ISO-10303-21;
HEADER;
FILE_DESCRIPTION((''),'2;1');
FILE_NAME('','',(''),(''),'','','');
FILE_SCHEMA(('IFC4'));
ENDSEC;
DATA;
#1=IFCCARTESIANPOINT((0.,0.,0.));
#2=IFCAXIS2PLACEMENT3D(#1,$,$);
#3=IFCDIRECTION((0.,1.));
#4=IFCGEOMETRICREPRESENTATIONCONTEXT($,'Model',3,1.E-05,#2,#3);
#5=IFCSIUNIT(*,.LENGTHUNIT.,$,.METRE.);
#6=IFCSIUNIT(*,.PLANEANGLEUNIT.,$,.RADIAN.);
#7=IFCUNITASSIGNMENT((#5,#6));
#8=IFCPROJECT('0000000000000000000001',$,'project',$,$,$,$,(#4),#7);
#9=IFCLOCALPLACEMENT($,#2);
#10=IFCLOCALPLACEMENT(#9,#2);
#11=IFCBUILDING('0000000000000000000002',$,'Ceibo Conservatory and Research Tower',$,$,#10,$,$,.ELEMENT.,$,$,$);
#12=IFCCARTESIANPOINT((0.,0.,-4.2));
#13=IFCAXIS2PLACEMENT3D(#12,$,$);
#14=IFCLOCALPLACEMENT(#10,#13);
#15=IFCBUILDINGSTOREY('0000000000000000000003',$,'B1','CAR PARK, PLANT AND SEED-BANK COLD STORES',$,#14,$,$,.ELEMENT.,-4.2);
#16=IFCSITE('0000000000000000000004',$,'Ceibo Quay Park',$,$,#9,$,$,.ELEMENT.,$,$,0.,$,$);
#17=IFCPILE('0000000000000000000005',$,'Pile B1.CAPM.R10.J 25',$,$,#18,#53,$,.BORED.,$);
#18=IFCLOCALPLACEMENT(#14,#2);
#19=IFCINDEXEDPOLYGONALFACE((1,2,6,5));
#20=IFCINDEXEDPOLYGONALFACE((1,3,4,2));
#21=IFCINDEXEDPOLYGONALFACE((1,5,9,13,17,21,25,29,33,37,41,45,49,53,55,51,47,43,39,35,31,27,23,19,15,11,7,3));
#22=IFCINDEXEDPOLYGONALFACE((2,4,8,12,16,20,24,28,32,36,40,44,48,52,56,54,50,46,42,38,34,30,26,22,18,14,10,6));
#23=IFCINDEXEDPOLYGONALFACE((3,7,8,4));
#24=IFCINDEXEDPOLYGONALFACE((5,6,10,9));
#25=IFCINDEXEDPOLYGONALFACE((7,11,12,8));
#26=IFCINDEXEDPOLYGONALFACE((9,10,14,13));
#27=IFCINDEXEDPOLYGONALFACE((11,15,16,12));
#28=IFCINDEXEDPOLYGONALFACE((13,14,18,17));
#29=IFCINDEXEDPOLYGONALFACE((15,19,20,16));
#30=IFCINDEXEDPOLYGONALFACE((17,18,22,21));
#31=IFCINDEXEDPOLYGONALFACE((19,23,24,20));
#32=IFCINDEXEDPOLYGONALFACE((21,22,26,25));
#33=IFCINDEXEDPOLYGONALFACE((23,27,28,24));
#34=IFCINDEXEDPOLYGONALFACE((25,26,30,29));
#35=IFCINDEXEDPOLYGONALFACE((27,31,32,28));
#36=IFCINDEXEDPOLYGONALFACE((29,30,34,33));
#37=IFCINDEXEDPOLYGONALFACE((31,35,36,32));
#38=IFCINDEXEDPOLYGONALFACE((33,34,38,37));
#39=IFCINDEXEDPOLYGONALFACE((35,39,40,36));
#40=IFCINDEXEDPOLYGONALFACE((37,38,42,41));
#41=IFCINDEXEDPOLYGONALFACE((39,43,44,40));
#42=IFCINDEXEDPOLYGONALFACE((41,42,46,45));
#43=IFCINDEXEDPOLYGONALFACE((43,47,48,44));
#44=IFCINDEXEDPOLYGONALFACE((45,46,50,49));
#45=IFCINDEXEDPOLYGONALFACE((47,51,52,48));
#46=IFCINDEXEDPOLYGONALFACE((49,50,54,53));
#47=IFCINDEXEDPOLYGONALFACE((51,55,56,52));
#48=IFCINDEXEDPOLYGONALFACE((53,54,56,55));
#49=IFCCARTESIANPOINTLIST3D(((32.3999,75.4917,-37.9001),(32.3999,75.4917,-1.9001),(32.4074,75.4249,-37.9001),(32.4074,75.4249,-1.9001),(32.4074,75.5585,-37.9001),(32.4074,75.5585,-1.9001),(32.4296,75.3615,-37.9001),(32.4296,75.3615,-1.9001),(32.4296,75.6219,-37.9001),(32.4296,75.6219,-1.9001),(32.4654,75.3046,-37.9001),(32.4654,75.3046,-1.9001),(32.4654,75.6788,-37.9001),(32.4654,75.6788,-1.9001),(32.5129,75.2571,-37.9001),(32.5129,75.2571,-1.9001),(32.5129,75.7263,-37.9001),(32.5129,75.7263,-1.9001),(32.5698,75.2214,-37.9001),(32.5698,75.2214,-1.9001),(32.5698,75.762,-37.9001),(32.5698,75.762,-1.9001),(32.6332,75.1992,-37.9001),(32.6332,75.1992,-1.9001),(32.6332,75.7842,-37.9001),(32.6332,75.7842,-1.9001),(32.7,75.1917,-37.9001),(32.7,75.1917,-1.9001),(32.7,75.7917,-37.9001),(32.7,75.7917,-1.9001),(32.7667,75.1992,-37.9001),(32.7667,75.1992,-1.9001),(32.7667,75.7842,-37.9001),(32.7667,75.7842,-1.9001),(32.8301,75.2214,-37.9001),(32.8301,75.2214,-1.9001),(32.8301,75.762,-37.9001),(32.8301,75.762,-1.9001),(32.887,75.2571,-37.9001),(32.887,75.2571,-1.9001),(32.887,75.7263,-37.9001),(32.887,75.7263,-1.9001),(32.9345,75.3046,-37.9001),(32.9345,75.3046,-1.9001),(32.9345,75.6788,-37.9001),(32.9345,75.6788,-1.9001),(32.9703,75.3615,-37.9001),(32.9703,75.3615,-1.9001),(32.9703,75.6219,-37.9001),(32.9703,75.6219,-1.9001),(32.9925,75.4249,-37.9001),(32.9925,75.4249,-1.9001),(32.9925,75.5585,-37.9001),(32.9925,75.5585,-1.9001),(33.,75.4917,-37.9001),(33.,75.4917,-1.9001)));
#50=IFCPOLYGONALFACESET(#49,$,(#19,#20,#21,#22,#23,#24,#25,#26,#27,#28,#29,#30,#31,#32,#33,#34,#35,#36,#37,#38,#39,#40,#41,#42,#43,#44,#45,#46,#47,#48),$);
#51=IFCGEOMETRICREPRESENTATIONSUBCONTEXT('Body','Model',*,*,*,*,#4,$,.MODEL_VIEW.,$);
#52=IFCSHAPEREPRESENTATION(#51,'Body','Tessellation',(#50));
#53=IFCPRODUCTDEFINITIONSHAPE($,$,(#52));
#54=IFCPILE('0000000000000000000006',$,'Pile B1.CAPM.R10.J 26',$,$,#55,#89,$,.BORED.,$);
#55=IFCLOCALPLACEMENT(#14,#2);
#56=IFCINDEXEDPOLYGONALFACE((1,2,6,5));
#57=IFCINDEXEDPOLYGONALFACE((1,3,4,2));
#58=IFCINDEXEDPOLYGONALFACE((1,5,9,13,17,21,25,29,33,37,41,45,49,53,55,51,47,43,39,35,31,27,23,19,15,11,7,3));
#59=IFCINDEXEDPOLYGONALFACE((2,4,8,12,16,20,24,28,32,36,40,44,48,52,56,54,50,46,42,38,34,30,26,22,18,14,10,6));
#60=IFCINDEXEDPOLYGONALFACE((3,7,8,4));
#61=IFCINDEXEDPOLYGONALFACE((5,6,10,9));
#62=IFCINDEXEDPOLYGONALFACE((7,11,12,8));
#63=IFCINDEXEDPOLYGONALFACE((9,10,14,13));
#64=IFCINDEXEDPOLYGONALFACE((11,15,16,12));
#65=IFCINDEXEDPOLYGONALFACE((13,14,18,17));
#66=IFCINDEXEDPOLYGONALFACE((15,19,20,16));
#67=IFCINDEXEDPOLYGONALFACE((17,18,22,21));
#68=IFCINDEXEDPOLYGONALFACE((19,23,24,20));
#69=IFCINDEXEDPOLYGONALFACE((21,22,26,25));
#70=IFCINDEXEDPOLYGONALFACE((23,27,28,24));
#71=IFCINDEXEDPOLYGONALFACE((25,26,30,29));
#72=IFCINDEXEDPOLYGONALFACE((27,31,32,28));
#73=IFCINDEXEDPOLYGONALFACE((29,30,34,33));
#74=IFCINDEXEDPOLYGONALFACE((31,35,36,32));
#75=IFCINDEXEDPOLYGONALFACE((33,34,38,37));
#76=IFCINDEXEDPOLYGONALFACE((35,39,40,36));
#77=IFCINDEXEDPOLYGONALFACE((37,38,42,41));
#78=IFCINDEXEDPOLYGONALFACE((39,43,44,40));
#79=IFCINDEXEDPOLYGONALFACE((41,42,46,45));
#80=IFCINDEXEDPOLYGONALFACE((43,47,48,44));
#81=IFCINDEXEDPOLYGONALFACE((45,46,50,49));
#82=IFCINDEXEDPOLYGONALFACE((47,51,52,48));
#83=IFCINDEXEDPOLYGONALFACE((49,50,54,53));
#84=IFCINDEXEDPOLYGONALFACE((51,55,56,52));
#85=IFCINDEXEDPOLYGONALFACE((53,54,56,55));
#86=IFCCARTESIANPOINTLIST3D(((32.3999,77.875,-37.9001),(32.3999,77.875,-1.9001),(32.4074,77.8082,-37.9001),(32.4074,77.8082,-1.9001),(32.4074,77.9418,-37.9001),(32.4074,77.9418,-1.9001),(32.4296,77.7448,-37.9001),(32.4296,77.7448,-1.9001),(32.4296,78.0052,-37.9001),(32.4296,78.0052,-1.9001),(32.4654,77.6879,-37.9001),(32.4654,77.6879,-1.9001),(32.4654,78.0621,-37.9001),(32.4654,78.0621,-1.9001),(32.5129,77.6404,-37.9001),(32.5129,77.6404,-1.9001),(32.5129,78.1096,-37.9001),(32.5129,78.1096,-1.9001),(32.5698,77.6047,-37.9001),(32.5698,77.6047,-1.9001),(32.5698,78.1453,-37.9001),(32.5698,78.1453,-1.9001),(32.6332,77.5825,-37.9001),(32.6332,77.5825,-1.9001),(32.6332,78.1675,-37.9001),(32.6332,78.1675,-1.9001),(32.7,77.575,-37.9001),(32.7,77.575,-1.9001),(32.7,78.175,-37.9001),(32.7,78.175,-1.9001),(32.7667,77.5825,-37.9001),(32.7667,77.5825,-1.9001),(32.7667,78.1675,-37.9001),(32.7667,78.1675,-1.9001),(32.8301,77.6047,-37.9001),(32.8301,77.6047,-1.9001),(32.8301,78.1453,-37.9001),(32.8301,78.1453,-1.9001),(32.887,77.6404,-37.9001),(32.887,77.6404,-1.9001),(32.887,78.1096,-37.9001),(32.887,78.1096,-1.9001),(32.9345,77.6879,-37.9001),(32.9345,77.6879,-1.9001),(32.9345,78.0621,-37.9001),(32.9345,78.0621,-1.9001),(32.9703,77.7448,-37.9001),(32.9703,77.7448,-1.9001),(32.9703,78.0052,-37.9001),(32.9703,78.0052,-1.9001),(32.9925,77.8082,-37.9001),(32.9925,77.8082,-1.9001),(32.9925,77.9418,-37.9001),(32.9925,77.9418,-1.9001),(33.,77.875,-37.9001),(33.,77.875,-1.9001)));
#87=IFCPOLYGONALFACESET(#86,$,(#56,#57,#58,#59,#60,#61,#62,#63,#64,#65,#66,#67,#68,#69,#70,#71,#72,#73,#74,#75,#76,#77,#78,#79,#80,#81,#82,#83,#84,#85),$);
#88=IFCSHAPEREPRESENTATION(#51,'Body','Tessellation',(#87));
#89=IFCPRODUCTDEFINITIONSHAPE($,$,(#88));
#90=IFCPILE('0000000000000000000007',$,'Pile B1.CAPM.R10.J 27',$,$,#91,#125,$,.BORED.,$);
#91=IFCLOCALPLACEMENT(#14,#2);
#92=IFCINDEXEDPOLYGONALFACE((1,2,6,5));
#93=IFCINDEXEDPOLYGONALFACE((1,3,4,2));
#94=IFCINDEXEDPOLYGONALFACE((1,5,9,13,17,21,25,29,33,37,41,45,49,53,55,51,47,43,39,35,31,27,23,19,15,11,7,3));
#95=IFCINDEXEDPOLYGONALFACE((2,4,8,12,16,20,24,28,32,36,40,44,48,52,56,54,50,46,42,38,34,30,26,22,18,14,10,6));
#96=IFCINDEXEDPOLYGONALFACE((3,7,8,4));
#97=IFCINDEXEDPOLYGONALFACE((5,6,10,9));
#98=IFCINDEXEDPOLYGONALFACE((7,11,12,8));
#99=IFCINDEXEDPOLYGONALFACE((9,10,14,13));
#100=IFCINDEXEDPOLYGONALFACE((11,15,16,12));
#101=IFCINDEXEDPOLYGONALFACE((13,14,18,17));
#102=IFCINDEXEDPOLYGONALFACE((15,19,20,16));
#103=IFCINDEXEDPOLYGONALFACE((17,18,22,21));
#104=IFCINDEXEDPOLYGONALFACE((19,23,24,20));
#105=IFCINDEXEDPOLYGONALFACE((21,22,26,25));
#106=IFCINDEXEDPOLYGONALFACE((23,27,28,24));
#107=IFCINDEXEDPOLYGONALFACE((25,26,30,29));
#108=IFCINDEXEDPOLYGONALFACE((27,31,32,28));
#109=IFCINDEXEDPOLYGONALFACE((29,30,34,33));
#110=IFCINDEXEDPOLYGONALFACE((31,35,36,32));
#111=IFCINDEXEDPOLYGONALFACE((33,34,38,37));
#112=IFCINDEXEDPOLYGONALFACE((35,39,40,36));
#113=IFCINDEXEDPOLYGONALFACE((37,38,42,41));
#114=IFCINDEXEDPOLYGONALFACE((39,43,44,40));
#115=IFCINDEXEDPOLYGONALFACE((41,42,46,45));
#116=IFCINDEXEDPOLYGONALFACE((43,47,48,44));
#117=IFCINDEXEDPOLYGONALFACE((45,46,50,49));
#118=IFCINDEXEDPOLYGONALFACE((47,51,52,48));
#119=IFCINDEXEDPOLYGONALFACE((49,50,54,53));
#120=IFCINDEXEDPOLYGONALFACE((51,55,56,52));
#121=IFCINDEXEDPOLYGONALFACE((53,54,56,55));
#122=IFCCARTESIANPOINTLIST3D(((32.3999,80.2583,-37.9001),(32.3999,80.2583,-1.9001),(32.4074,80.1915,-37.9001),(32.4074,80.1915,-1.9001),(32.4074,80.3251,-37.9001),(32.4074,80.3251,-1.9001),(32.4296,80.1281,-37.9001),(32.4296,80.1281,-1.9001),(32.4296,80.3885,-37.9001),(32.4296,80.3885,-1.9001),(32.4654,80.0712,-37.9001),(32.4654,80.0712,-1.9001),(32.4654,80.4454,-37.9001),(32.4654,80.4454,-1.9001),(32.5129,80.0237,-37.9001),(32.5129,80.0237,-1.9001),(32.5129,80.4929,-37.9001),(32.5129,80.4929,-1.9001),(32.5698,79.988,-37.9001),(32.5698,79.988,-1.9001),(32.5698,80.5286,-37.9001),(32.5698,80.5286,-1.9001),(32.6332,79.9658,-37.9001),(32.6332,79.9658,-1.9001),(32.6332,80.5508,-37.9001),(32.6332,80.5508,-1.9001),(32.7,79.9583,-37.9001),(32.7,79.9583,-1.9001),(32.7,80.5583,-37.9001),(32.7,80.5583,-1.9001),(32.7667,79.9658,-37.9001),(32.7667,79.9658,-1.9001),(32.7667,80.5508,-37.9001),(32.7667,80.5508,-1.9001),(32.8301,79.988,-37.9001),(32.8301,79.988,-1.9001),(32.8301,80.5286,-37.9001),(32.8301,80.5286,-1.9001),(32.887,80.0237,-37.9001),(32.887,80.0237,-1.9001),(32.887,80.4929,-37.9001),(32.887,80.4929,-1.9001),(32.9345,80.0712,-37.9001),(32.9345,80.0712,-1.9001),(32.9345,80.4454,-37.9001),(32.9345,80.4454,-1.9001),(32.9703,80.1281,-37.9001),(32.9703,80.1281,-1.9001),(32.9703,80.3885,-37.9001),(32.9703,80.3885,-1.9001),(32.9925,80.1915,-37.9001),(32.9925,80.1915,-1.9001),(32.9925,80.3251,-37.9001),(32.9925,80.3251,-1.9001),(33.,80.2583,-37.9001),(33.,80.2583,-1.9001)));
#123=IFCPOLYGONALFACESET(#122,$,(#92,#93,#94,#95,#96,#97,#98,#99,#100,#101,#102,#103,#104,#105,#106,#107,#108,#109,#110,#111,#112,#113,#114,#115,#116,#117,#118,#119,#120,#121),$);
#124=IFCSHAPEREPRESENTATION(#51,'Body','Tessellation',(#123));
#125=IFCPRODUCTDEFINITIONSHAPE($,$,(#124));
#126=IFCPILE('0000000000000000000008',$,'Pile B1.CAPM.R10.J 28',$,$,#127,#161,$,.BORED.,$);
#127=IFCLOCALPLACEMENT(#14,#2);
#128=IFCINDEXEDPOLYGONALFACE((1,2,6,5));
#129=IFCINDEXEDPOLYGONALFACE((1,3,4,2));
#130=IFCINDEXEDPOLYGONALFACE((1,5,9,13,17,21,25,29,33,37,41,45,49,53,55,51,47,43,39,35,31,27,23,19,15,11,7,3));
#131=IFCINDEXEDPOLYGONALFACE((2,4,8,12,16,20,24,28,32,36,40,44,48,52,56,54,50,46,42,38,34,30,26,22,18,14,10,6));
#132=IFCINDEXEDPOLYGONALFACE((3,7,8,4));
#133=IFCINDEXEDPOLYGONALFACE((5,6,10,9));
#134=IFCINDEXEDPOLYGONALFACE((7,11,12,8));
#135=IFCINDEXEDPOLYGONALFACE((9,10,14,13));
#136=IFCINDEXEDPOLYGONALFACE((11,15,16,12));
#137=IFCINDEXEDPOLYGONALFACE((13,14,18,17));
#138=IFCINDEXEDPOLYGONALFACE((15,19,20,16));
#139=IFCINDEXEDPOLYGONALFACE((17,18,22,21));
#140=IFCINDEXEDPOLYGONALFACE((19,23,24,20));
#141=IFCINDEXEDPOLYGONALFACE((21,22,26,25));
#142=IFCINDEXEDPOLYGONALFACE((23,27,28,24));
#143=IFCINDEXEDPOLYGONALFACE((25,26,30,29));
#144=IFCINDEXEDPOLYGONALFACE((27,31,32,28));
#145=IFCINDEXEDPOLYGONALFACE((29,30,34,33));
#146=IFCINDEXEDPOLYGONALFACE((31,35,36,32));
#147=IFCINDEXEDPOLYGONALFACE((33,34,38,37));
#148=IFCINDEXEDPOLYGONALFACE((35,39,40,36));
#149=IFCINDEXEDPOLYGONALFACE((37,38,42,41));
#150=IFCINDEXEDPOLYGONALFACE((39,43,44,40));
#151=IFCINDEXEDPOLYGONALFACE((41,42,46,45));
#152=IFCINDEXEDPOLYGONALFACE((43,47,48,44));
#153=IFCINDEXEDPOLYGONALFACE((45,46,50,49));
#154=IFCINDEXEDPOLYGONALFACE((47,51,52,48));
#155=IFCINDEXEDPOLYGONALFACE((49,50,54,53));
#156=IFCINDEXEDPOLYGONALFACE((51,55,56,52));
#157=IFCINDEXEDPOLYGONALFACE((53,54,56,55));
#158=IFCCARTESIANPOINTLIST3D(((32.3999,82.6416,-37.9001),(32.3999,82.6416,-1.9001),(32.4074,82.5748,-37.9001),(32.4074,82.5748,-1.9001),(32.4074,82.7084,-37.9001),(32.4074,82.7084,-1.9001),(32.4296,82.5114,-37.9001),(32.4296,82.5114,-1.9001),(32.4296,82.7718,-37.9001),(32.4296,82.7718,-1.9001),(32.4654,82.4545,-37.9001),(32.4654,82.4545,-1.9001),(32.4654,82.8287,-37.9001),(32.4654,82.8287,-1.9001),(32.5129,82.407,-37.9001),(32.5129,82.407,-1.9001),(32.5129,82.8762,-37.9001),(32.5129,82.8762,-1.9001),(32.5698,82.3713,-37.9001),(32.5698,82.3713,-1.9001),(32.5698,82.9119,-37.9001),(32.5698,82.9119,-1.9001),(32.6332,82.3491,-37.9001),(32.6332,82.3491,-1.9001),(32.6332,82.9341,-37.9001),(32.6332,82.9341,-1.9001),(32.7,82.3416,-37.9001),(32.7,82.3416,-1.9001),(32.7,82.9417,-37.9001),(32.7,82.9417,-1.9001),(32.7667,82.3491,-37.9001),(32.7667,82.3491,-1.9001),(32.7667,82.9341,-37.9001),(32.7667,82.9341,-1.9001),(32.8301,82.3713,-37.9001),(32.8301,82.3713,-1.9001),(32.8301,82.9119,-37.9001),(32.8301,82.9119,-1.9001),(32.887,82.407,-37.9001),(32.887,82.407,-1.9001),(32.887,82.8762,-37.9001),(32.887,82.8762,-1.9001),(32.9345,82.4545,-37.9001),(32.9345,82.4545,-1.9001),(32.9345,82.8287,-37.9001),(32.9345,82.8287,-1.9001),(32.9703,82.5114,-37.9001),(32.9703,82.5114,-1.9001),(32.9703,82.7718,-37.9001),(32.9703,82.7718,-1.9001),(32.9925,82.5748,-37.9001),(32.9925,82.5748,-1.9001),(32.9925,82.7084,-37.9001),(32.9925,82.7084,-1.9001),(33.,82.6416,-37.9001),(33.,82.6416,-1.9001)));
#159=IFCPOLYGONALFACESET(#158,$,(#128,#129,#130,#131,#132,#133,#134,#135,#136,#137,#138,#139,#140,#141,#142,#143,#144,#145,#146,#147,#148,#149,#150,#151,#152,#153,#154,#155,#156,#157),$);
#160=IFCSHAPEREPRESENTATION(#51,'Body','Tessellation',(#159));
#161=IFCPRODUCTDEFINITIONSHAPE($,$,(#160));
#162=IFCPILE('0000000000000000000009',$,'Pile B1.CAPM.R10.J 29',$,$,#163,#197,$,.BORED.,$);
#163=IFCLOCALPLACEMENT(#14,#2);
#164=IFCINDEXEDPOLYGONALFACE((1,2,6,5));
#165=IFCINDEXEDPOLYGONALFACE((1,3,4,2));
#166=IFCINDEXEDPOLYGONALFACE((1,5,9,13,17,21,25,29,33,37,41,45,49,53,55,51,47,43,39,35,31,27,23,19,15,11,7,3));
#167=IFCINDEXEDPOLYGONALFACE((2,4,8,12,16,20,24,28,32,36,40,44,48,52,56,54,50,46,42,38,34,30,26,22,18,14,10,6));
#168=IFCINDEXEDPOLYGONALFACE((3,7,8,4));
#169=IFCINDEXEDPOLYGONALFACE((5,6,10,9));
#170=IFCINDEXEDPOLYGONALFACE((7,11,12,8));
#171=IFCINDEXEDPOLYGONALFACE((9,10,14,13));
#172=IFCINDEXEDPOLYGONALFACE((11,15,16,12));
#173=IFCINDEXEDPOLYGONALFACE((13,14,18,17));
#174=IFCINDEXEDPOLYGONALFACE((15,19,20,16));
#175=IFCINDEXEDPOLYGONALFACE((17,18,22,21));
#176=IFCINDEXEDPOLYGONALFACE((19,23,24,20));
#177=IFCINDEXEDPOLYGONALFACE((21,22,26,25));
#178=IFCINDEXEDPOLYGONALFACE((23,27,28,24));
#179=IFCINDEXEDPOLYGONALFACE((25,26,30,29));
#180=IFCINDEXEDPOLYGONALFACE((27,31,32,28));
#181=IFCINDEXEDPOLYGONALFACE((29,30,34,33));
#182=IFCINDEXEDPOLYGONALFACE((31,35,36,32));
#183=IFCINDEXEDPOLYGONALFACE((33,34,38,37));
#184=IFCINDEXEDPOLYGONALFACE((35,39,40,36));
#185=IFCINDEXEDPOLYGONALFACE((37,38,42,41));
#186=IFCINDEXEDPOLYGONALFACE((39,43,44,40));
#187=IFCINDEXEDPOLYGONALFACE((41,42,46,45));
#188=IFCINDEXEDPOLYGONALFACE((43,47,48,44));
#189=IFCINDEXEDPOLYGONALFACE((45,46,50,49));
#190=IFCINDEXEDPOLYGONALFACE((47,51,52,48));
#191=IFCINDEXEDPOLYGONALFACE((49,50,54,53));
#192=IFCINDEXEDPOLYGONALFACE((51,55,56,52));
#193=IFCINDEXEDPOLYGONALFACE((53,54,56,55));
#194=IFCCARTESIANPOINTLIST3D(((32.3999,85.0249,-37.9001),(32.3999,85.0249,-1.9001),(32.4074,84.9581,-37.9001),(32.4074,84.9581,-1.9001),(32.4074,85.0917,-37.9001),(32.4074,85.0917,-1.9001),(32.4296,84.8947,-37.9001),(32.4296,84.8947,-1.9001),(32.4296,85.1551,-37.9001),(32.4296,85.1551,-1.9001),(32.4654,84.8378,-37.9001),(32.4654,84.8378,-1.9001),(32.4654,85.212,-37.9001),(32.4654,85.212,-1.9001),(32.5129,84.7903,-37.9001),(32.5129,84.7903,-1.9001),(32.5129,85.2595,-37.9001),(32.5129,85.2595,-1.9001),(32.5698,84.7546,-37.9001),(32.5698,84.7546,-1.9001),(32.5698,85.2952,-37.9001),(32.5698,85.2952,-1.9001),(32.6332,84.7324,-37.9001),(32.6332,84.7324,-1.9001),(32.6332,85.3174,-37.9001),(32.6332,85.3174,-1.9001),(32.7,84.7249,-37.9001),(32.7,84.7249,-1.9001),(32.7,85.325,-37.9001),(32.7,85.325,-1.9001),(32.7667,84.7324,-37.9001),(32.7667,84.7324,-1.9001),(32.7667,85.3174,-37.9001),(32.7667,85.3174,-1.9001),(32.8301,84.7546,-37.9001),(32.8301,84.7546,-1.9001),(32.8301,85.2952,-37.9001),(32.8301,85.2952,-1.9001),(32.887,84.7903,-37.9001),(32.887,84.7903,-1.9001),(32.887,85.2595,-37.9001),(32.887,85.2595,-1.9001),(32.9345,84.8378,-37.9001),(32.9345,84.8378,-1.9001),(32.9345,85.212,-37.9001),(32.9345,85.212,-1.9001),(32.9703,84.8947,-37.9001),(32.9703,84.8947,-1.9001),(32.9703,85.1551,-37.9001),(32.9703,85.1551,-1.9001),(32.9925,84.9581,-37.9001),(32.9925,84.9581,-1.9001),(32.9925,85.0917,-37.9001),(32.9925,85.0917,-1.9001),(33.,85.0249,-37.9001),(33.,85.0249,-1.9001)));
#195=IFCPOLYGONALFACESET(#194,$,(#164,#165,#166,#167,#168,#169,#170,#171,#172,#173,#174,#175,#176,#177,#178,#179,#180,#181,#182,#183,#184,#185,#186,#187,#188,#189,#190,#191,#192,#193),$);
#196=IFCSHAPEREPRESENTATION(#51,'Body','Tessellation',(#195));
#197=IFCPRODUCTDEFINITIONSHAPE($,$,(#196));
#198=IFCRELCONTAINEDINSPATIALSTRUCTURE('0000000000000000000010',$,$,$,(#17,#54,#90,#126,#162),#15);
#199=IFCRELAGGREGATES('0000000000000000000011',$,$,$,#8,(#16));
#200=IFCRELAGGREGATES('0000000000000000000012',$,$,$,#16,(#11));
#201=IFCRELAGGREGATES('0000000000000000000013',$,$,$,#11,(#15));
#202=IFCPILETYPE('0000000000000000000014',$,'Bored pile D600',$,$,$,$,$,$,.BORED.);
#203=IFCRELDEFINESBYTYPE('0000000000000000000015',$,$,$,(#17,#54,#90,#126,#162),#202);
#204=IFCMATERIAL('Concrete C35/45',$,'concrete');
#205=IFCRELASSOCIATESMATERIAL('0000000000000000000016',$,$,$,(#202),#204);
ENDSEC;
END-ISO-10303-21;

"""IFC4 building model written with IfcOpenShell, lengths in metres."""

from ifc_helpers import new_model, si_unit, direction, frame, origin, origin_2d, place, context, subcontext, project, spatial, circle, extrude, material, material_profile, profile_set, type_object, element, save


model = new_model("IFC4")

# Units and contexts
model_context = context("Model", 3, precision=1e-05, world=origin(), true_north=direction((0.0, 1.0)))
body_context = subcontext(model_context, "Body", "Model", "MODEL_VIEW")
ifc_project = project(units=[si_unit("LENGTHUNIT", "METRE"), si_unit("PLANEANGLEUNIT", "RADIAN")], contexts=[model_context])

# Site, building, storey
site_placement = place(None, origin())
site = spatial("IfcSite", under=ifc_project, at=site_placement, Name="Ceibo Quay Park", CompositionType="ELEMENT", RefElevation=0.0)
building_placement = place(site_placement, origin())
building = spatial("IfcBuilding", under=site, at=building_placement, Name="Ceibo Conservatory and Research Tower", CompositionType="ELEMENT")
storey_placement = place(building_placement, frame((0.0, 0.0, -4.2)))
storey = spatial("IfcBuildingStorey", under=building, at=storey_placement, Name="B1", Description="CAR PARK, PLANT AND SEED-BANK COLD STORES", CompositionType="ELEMENT", Elevation=-4.2)

# Piles
ifc_material_1 = material(Name="Concrete C35/45", Category="concrete")
ifc_material_profile_1 = material_profile(ifc_material_1, circle(Radius=0.3, at=origin_2d()), Name="RC D600")
ifc_profile_set_1 = profile_set([ifc_material_profile_1], Name="Concrete C35/45")
pile_type_1 = type_object("IfcPileType", Name="Bored pile D600", PredefinedType="BORED", material=ifc_profile_set_1)
for number, where, z_axis, x_axis, name in (
    (1, (32.7, 75.4917, -1.9001), (0.0, 0.0, -1.0), (1.0, 0.0, 0.0), "Pile B1.CAPM.R10.J 25"),
    (2, (32.7, 77.875, -1.9001), (0.0, 0.0, -1.0), (1.0, 0.0, 0.0), "Pile B1.CAPM.R10.J 26"),
    (3, (32.7, 80.2583, -1.9001), (0.0, 0.0, -1.0), (1.0, 0.0, 0.0), "Pile B1.CAPM.R10.J 27"),
    (4, (32.7, 82.6416, -1.9001), (0.0, 0.0, -1.0), (1.0, 0.0, 0.0), "Pile B1.CAPM.R10.J 28"),
    (5, (32.7, 85.0249, -1.9001), (0.0, 0.0, -1.0), (1.0, 0.0, 0.0), "Pile B1.CAPM.R10.J 29"),
):
    element("IfcPile", number, at=place(storey_placement, frame(where, z_axis=z_axis, x_axis=x_axis)), inside=storey, type_object=pile_type_1, Name=name, PredefinedType="BORED", context=body_context, shape_type="SweptSolid", body=[
        extrude(circle(Radius=0.3, at=origin_2d()), origin(), (0.0, 0.0, 1.0), 36.0),
    ])

save(model, "model.ifc")
